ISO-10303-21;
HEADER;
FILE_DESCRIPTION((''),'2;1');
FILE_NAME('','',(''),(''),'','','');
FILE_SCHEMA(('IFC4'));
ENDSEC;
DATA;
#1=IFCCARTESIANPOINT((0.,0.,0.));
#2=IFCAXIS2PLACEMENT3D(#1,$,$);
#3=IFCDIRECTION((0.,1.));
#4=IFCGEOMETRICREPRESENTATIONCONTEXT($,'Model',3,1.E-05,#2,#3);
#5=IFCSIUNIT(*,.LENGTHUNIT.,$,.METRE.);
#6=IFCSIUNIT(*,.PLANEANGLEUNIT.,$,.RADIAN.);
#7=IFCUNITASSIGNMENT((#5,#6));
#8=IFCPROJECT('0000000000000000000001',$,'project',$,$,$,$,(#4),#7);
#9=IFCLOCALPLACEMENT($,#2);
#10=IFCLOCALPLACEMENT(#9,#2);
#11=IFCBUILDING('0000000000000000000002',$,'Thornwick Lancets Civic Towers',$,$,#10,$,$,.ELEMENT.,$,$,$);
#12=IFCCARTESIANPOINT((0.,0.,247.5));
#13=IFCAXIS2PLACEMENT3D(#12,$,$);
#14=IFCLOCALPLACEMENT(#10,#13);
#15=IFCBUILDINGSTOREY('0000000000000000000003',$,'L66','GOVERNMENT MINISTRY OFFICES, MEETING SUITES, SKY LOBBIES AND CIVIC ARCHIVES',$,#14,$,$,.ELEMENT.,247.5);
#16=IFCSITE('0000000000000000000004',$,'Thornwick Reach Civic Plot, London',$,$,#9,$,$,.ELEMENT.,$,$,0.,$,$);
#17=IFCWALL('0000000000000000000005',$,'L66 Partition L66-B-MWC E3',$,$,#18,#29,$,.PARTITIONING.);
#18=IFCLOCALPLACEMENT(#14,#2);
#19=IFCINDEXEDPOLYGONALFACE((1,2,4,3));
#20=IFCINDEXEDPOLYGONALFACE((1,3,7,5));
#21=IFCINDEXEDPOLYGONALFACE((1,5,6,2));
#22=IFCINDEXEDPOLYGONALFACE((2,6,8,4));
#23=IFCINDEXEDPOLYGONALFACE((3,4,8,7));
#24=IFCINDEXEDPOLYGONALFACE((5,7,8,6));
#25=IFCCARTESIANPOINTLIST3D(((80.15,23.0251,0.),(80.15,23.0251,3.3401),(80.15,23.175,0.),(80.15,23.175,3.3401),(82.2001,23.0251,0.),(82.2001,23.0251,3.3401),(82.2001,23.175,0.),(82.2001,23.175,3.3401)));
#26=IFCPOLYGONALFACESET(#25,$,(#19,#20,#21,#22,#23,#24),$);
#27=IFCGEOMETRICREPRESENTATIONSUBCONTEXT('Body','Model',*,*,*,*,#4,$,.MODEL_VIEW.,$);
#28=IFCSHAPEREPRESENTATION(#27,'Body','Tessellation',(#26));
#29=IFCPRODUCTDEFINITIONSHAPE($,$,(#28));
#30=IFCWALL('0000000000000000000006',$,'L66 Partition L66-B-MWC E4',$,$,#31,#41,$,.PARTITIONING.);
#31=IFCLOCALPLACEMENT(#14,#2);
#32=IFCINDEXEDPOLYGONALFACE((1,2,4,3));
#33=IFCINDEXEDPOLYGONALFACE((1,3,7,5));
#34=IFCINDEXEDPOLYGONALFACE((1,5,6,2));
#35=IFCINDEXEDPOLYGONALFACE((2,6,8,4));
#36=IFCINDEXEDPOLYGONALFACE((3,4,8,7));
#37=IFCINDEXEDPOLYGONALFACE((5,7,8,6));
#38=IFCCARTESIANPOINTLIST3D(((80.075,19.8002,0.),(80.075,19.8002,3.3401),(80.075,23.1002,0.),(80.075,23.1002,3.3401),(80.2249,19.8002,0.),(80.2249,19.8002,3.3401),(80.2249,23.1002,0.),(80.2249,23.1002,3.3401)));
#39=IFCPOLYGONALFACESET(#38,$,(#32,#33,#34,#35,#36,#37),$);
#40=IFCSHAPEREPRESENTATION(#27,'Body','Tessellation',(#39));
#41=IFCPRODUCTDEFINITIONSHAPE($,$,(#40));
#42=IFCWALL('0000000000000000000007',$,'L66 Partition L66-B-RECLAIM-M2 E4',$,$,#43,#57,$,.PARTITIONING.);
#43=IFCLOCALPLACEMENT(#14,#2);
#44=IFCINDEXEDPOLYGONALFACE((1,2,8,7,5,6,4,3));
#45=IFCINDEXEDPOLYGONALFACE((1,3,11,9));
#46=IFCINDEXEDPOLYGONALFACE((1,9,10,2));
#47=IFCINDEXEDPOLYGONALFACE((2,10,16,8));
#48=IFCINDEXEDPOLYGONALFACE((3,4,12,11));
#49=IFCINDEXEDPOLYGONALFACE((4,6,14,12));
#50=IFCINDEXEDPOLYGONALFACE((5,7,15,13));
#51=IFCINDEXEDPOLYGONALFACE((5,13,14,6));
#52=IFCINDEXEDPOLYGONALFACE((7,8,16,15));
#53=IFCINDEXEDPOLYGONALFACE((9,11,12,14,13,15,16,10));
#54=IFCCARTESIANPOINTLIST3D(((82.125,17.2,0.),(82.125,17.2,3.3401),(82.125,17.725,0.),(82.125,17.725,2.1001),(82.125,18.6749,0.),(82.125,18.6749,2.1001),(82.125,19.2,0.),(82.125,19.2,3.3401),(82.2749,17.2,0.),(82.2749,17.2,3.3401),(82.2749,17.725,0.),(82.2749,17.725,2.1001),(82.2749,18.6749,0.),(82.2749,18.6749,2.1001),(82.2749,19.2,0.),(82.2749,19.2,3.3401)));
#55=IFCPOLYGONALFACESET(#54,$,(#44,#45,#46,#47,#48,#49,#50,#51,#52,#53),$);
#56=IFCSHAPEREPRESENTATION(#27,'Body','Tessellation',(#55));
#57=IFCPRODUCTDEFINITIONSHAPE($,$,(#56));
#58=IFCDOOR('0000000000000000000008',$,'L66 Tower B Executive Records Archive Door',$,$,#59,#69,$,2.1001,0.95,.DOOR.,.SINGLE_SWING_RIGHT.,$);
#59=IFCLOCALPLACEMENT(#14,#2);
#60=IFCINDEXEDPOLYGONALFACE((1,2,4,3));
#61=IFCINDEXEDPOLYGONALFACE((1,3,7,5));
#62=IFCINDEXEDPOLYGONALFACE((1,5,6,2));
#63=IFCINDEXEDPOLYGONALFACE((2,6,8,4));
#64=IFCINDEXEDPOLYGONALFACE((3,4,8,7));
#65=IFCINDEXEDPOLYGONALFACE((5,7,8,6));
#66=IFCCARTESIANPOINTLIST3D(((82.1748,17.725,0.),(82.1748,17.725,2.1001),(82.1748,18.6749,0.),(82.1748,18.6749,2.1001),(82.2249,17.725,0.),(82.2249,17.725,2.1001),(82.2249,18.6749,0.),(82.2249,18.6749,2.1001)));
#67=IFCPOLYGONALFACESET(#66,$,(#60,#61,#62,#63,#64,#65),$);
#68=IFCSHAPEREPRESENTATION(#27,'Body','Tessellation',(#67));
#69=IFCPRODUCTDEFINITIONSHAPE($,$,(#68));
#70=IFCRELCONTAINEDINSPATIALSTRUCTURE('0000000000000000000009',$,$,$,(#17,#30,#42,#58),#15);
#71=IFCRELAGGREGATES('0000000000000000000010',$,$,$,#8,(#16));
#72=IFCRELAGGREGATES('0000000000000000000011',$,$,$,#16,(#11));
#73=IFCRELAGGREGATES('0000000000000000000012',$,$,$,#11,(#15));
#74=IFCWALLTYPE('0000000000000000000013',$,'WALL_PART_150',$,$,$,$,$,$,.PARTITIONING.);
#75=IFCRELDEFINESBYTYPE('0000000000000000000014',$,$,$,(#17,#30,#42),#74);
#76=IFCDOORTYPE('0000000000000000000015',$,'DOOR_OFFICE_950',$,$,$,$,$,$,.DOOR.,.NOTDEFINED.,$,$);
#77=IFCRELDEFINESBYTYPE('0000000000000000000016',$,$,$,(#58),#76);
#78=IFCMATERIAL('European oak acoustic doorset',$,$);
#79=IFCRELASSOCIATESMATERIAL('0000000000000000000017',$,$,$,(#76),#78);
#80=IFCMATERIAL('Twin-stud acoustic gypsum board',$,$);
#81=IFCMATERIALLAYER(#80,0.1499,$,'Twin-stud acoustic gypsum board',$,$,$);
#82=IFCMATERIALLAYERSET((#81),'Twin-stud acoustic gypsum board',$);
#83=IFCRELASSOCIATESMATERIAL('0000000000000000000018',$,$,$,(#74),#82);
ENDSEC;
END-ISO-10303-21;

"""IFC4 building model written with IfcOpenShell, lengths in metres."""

from ifc_helpers import new_model, si_unit, direction, frame, frame_2d, origin, place, context, subcontext, project, spatial, rectangle, extrude, material, layer, layer_set, type_object, element, fill, save


model = new_model("IFC4")

# Units and contexts
model_context = context("Model", 3, precision=1e-05, world=origin(), true_north=direction((0.0, 1.0)))
body_context = subcontext(model_context, "Body", "Model", "MODEL_VIEW")
ifc_project = project(units=[si_unit("LENGTHUNIT", "METRE"), si_unit("PLANEANGLEUNIT", "RADIAN")], contexts=[model_context])

# Site, building, storey
site_placement = place(None, origin())
site = spatial("IfcSite", under=ifc_project, at=site_placement, Name="Thornwick Reach Civic Plot, London", CompositionType="ELEMENT", RefElevation=0.0)
building_placement = place(site_placement, origin())
building = spatial("IfcBuilding", under=site, at=building_placement, Name="Thornwick Lancets Civic Towers", CompositionType="ELEMENT")
storey_placement = place(building_placement, frame((0.0, 0.0, 247.5)))
storey = spatial("IfcBuildingStorey", under=building, at=storey_placement, Name="L66", Description="GOVERNMENT MINISTRY OFFICES, MEETING SUITES, SKY LOBBIES AND CIVIC ARCHIVES", CompositionType="ELEMENT", Elevation=247.5)

# Shared definitions
ifc_material_1 = material(Name="European oak acoustic doorset")
door_type_1 = type_object("IfcDoorType", Name="DOOR_OFFICE_950", OperationType="NOTDEFINED", PredefinedType="DOOR", material=ifc_material_1)

# Shared definitions
ifc_material_2 = material(Name="Twin-stud acoustic gypsum board")
ifc_layer_1 = layer(ifc_material_2, 0.1499, Name="Twin-stud acoustic gypsum board")
ifc_layer_set_1 = layer_set([ifc_layer_1], Name="Twin-stud acoustic gypsum board")
wall_type_1 = type_object("IfcWallType", Name="WALL_PART_150", PredefinedType="PARTITIONING", material=ifc_layer_set_1)

# Walls
wall_1_placement = place(storey_placement, frame((82.2, 23.1001, 0.0), z_axis=(0.0, 0.0, 1.0), x_axis=(-1.0, 0.0, 0.0)))
element("IfcWall", 1, at=wall_1_placement, inside=storey, type_object=wall_type_1, Name="L66 Partition L66-B-MWC E3", PredefinedType="PARTITIONING", context=body_context, shape_type="SweptSolid", body=[
    extrude(rectangle(XDim=2.05, YDim=0.1499, at=frame_2d((1.0249, 0.0))), origin(), (0.0, 0.0, 1.0), 3.3401),
])
wall_2_placement = place(storey_placement, frame((80.1499, 23.1001, 0.0), z_axis=(0.0, 0.0, 1.0), x_axis=(0.0, -1.0, 0.0)))
element("IfcWall", 2, at=wall_2_placement, inside=storey, type_object=wall_type_1, Name="L66 Partition L66-B-MWC E4", PredefinedType="PARTITIONING", context=body_context, shape_type="SweptSolid", body=[
    extrude(rectangle(XDim=3.3, YDim=0.1499, at=frame_2d((1.6499, 0.0))), origin(), (0.0, 0.0, 1.0), 3.3401),
])

# Wall, opening, door
wall_3_placement = place(storey_placement, frame((82.2, 19.2, 0.0), z_axis=(0.0, 0.0, 1.0), x_axis=(0.0, -1.0, 0.0)))
wall_3 = element("IfcWall", 3, at=wall_3_placement, inside=storey, type_object=wall_type_1, Name="L66 Partition L66-B-RECLAIM-M2 E4", PredefinedType="PARTITIONING", context=body_context, shape_type="SweptSolid", body=[
    extrude(rectangle(XDim=2.0, YDim=0.1499, at=frame_2d((1.0, 0.0))), origin(), (0.0, 0.0, 1.0), 3.3401),
])
opening_1_placement = place(wall_3_placement, frame((0.5249, 0.0, 0.0)))
opening_1 = element("IfcOpeningElement", 4, at=opening_1_placement, cuts=wall_3, PredefinedType="OPENING", context=body_context, shape_type="SweptSolid", body=[
    extrude(rectangle(XDim=0.95, YDim=2.1001, at=frame_2d((0.4751, 1.05))), frame((0.0, 0.085, 0.0), z_axis=(0.0, -1.0, 0.0), x_axis=(1.0, 0.0, 0.0)), (0.0, 0.0, 1.0), 0.1699),
])
door_1_placement = place(opening_1_placement, origin())
door_1 = element("IfcDoor", 5, at=door_1_placement, inside=storey, type_object=door_type_1, Name="L66 Tower B Executive Records Archive Door", OperationType="SINGLE_SWING_RIGHT", OverallHeight=2.1001, OverallWidth=0.95, PredefinedType="DOOR", context=body_context, shape_type="SweptSolid", body=[
    extrude(rectangle(XDim=0.95, YDim=2.1001, at=frame_2d((0.4751, 1.05))), frame((0.0, 0.0249, 0.0), z_axis=(0.0, -1.0, 0.0), x_axis=(1.0, 0.0, 0.0)), (0.0, 0.0, 1.0), 0.05),
])
fill(opening_1, door_1)

save(model, "model.ifc")
